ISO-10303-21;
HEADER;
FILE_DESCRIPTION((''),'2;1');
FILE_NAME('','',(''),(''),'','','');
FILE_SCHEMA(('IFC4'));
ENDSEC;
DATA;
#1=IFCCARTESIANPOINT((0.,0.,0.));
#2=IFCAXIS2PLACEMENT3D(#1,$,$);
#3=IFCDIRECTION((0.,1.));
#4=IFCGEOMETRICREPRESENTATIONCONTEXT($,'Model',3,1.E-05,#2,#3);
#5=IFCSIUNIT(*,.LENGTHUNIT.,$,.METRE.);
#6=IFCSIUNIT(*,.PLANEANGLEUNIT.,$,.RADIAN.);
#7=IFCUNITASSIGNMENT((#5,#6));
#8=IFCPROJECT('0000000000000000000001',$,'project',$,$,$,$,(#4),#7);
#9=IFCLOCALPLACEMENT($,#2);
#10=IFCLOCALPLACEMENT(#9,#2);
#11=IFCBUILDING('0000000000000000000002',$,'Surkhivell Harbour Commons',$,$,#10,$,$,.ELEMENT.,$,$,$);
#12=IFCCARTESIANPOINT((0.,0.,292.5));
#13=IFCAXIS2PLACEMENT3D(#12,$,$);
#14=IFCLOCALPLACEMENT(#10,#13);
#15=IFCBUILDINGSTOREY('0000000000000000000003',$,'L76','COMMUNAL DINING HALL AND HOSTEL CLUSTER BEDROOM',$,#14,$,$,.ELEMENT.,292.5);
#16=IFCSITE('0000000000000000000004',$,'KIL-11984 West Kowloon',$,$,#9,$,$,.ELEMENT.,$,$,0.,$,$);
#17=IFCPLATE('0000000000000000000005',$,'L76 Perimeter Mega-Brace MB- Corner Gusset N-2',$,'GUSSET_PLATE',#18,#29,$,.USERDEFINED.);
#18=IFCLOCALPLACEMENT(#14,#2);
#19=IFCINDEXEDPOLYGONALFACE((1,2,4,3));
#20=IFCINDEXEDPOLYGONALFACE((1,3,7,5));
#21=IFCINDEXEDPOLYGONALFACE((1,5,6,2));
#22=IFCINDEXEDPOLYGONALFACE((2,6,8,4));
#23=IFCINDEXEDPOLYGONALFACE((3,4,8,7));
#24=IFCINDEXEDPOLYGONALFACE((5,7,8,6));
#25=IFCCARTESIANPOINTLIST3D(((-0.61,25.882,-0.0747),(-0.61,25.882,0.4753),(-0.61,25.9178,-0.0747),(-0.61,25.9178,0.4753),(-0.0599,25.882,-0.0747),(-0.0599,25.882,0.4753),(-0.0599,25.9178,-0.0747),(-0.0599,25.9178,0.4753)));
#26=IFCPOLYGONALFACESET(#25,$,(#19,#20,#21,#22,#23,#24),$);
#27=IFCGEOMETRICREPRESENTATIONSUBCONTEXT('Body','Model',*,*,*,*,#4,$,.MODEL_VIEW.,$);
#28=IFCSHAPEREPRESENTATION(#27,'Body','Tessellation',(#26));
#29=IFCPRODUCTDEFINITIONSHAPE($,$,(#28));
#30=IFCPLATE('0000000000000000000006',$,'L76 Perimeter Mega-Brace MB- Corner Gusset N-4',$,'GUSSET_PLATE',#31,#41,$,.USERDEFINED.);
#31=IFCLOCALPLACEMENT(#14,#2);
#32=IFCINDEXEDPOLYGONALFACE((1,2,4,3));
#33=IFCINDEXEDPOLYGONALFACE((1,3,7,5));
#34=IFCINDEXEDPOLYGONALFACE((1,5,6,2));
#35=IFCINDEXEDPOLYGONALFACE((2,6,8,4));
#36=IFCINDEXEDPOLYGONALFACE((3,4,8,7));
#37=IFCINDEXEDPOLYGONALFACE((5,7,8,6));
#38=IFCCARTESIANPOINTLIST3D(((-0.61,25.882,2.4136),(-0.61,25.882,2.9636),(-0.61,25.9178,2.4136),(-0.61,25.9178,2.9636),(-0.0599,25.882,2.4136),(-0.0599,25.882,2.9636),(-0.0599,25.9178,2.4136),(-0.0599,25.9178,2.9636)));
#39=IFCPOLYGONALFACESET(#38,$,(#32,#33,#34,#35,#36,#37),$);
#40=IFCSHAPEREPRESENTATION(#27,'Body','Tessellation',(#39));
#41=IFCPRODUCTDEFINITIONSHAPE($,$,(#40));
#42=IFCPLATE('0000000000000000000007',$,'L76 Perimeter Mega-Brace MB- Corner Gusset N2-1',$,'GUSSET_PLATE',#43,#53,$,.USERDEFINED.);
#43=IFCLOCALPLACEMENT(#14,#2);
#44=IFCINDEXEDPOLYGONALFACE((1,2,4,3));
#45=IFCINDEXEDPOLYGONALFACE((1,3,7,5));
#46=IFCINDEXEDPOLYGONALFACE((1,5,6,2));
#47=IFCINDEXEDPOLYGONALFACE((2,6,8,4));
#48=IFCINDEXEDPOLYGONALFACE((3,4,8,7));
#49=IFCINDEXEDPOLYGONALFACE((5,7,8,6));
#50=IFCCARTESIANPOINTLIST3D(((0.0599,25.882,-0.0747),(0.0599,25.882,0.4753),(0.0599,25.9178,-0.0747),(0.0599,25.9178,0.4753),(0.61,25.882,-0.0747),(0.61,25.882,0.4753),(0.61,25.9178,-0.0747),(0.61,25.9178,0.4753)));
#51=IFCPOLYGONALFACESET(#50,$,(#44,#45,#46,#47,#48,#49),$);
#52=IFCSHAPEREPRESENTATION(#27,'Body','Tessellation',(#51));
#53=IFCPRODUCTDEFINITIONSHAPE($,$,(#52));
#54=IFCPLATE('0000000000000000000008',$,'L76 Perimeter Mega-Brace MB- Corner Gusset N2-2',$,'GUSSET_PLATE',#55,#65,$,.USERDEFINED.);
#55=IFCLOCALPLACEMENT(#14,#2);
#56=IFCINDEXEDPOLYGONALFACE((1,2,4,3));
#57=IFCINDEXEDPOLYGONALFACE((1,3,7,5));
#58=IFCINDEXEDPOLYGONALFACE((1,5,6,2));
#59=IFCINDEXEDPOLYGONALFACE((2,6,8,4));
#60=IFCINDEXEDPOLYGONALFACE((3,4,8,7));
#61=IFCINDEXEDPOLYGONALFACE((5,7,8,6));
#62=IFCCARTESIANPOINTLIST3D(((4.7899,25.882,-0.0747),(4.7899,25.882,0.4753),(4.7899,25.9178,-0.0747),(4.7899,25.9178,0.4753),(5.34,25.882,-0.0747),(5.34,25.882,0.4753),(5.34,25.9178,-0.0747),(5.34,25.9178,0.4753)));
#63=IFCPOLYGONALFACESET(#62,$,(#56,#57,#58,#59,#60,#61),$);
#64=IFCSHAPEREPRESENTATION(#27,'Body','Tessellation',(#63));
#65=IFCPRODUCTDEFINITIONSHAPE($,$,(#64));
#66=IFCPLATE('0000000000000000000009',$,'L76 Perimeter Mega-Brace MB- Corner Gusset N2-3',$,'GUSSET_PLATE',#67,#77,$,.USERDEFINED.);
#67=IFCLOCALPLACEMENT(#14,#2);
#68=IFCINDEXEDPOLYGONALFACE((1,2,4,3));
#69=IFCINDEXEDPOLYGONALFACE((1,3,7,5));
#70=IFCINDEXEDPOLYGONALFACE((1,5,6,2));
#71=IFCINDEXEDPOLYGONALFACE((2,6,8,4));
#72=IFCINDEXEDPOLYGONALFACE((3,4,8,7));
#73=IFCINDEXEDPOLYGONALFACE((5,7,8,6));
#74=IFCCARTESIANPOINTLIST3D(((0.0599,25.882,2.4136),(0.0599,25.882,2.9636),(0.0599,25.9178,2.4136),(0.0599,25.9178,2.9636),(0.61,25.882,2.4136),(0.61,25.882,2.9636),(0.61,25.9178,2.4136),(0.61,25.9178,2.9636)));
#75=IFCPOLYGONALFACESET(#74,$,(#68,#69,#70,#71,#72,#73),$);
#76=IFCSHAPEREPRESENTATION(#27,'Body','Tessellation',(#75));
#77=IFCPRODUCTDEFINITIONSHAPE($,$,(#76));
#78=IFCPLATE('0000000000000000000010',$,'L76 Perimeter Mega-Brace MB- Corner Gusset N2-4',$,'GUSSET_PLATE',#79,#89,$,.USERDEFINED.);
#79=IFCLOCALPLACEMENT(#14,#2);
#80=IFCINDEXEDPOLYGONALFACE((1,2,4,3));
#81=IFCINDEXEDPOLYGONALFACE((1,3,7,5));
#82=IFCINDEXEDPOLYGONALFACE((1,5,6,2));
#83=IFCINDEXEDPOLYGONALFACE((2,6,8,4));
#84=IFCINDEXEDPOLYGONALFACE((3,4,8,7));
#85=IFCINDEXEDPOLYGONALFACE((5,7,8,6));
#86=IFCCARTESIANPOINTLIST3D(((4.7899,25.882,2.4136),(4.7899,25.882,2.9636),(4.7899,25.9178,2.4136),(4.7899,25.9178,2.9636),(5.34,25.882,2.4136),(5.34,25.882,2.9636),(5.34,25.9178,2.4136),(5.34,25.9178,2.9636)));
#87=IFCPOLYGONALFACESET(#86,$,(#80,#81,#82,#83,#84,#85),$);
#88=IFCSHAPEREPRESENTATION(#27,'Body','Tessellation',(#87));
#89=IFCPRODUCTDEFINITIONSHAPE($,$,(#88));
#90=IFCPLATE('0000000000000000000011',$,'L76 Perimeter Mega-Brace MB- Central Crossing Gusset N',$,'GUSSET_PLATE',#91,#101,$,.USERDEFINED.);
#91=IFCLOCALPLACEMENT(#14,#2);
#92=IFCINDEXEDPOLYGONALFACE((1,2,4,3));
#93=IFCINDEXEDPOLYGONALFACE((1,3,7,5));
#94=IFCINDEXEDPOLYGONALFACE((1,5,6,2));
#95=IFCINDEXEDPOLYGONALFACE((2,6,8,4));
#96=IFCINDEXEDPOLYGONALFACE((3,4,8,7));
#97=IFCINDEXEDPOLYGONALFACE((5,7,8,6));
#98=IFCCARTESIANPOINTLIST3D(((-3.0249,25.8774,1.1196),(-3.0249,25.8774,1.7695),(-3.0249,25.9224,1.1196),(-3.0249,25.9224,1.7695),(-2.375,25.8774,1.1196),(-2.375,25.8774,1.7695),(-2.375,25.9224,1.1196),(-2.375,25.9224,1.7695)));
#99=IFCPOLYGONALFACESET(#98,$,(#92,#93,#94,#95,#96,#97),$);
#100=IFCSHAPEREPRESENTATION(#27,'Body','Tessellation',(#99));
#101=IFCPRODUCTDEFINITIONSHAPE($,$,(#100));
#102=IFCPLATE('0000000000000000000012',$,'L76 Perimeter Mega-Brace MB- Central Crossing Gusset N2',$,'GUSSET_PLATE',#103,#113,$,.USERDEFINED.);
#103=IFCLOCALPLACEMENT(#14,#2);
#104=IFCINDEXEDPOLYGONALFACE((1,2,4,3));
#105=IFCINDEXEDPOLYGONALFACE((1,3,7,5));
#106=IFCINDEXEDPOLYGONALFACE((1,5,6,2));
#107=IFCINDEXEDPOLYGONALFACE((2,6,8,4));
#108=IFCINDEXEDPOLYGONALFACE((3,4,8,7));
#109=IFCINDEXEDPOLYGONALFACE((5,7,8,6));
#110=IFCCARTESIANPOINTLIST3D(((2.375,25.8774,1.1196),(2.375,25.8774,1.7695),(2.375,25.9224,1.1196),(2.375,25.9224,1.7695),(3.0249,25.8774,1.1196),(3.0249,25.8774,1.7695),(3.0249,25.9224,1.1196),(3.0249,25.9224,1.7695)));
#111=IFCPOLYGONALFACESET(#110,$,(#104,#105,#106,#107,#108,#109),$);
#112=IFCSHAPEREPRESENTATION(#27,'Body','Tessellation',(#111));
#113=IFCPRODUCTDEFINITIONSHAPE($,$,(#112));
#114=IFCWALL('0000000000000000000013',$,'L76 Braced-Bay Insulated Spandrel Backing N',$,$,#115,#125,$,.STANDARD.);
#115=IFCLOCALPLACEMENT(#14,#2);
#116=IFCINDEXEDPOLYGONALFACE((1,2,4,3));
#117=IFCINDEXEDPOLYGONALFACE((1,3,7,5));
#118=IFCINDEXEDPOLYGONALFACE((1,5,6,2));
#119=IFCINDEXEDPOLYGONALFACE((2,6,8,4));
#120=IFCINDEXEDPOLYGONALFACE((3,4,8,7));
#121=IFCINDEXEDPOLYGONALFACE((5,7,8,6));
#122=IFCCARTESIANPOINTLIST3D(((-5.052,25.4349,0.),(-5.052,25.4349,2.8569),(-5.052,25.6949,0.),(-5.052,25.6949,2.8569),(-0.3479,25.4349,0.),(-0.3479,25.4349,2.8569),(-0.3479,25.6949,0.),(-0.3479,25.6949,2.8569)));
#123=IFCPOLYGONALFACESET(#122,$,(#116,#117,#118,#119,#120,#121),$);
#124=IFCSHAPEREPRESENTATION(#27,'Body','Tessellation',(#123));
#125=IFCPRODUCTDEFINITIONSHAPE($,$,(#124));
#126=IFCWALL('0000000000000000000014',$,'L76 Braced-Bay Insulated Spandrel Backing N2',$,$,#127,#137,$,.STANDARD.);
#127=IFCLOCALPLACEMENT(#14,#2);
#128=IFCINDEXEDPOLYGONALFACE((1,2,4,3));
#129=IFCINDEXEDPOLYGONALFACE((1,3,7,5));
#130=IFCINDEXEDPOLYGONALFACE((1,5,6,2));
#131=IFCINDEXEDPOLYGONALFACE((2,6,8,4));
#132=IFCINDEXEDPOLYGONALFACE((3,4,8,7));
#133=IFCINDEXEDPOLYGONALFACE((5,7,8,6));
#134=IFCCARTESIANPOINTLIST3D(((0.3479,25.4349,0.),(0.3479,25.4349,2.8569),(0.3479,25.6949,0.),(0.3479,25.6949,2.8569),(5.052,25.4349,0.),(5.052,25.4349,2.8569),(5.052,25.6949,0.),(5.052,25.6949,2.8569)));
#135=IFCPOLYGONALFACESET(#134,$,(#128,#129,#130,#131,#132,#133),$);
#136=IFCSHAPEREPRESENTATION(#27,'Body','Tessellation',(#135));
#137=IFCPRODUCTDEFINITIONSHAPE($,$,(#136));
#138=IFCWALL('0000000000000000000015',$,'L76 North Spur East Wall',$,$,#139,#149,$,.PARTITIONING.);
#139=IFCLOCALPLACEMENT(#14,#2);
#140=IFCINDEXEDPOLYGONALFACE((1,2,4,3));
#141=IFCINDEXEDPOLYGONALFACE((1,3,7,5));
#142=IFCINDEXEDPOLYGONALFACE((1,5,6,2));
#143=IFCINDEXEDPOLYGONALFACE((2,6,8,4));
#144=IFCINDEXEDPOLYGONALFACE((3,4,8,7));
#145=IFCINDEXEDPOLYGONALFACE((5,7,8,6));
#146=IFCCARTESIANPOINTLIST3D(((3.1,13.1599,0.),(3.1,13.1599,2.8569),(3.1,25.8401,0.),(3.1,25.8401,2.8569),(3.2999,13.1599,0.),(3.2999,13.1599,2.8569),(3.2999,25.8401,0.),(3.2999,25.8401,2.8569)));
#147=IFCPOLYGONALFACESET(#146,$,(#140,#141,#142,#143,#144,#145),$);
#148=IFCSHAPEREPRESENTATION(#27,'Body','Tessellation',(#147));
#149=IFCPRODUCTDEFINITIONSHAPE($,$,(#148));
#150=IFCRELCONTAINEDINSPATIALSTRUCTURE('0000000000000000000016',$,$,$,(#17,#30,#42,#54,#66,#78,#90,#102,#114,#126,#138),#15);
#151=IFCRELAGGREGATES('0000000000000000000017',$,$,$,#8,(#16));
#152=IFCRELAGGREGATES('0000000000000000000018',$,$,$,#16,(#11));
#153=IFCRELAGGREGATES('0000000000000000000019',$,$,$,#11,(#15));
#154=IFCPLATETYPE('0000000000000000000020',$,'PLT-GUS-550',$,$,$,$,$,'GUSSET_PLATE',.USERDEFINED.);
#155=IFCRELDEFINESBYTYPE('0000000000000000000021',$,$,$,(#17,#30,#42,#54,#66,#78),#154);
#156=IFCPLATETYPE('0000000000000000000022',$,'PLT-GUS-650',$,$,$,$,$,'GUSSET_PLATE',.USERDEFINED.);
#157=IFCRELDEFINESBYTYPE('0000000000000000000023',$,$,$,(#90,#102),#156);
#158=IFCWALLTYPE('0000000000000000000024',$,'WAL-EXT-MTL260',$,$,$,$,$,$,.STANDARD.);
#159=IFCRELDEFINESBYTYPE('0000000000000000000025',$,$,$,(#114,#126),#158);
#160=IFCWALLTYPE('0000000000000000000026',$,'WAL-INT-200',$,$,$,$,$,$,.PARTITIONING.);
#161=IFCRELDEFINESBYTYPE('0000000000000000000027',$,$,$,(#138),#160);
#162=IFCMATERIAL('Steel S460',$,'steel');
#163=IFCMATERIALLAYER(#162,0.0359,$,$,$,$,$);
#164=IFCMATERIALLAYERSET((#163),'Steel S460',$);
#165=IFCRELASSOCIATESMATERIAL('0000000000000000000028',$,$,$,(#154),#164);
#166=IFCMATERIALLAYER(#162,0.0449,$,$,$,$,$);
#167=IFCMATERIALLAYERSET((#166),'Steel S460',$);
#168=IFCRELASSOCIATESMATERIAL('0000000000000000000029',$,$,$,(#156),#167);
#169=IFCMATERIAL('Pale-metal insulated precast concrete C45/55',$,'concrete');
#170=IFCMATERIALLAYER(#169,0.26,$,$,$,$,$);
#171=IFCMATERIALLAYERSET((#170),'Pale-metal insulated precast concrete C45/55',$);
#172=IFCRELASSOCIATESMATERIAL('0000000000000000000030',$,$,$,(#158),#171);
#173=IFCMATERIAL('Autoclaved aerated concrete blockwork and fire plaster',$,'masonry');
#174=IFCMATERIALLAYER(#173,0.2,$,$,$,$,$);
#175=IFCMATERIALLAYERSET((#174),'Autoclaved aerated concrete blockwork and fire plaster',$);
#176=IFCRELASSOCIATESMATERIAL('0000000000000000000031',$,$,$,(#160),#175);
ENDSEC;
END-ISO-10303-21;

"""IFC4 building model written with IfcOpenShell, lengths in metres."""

from ifc_helpers import new_model, si_unit, direction, frame, frame_2d, origin, origin_2d, place, context, subcontext, project, spatial, rectangle, extrude, material, layer, layer_set, type_object, element, save


model = new_model("IFC4")

# Units and contexts
model_context = context("Model", 3, precision=1e-05, world=origin(), true_north=direction((0.0, 1.0)))
body_context = subcontext(model_context, "Body", "Model", "MODEL_VIEW")
ifc_project = project(units=[si_unit("LENGTHUNIT", "METRE"), si_unit("PLANEANGLEUNIT", "RADIAN")], contexts=[model_context])

# Site, building, storey
site_placement = place(None, origin())
site = spatial("IfcSite", under=ifc_project, at=site_placement, Name="KIL-11984 West Kowloon", CompositionType="ELEMENT", RefElevation=0.0)
building_placement = place(site_placement, origin())
building = spatial("IfcBuilding", under=site, at=building_placement, Name="Surkhivell Harbour Commons", CompositionType="ELEMENT")
storey_placement = place(building_placement, frame((0.0, 0.0, 292.5)))
storey = spatial("IfcBuildingStorey", under=building, at=storey_placement, Name="L76", Description="COMMUNAL DINING HALL AND HOSTEL CLUSTER BEDROOM", CompositionType="ELEMENT", Elevation=292.5)

# Shared definitions
ifc_material_1 = material(Name="Steel S460", Category="steel")

# Plates
ifc_layer_1 = layer(ifc_material_1, 0.0359)
ifc_layer_set_1 = layer_set([ifc_layer_1], Name="Steel S460")
plate_type_1 = type_object("IfcPlateType", Name="PLT-GUS-550", ElementType="GUSSET_PLATE", PredefinedType="USERDEFINED", material=ifc_layer_set_1)
for number, where, z_axis, x_axis, name in (
    (1, (-0.335, 25.8999, -0.0747), (0.0, 0.0, 1.0), (1.0, 0.0, 0.0), "L76 Perimeter Mega-Brace MB- Corner Gusset N-2"),
    (2, (-0.335, 25.8999, 2.4136), (0.0, 0.0, 1.0), (1.0, 0.0, 0.0), "L76 Perimeter Mega-Brace MB- Corner Gusset N-4"),
    (3, (0.335, 25.8999, -0.0747), (0.0, 0.0, 1.0), (1.0, 0.0, 0.0), "L76 Perimeter Mega-Brace MB- Corner Gusset N2-1"),
    (4, (5.0649, 25.8999, -0.0747), (0.0, 0.0, 1.0), (1.0, 0.0, 0.0), "L76 Perimeter Mega-Brace MB- Corner Gusset N2-2"),
    (5, (0.335, 25.8999, 2.4136), (0.0, 0.0, 1.0), (1.0, 0.0, 0.0), "L76 Perimeter Mega-Brace MB- Corner Gusset N2-3"),
    (6, (5.0649, 25.8999, 2.4136), (0.0, 0.0, 1.0), (1.0, 0.0, 0.0), "L76 Perimeter Mega-Brace MB- Corner Gusset N2-4"),
):
    element("IfcPlate", number, at=place(storey_placement, frame(where, z_axis=z_axis, x_axis=x_axis)), inside=storey, type_object=plate_type_1, Name=name, ObjectType="GUSSET_PLATE", PredefinedType="USERDEFINED", context=body_context, shape_type="SweptSolid", body=[
        extrude(rectangle(XDim=0.55, YDim=0.0359, at=origin_2d()), origin(), (0.0, 0.0, 1.0), 0.55),
    ])
ifc_layer_2 = layer(ifc_material_1, 0.0449)
ifc_layer_set_2 = layer_set([ifc_layer_2], Name="Steel S460")
plate_type_2 = type_object("IfcPlateType", Name="PLT-GUS-650", ElementType="GUSSET_PLATE", PredefinedType="USERDEFINED", material=ifc_layer_set_2)
for number, where, z_axis, x_axis, name in (
    (7, (-2.7, 25.8999, 1.1196), (0.0, 0.0, 1.0), (1.0, 0.0, 0.0), "L76 Perimeter Mega-Brace MB- Central Crossing Gusset N"),
    (8, (2.7, 25.8999, 1.1196), (0.0, 0.0, 1.0), (1.0, 0.0, 0.0), "L76 Perimeter Mega-Brace MB- Central Crossing Gusset N2"),
):
    element("IfcPlate", number, at=place(storey_placement, frame(where, z_axis=z_axis, x_axis=x_axis)), inside=storey, type_object=plate_type_2, Name=name, ObjectType="GUSSET_PLATE", PredefinedType="USERDEFINED", context=body_context, shape_type="SweptSolid", body=[
        extrude(rectangle(XDim=0.6499, YDim=0.0449, at=origin_2d()), origin(), (0.0, 0.0, 1.0), 0.6499),
    ])

# Walls
ifc_material_2 = material(Name="Pale-metal insulated precast concrete C45/55", Category="concrete")
ifc_layer_3 = layer(ifc_material_2, 0.26)
ifc_layer_set_3 = layer_set([ifc_layer_3], Name="Pale-metal insulated precast concrete C45/55")
wall_type_1 = type_object("IfcWallType", Name="WAL-EXT-MTL260", PredefinedType="STANDARD", material=ifc_layer_set_3)
for number, where, z_axis, x_axis, name in (
    (9, (-0.3479, 25.5649, 0.0), (0.0, 0.0, 1.0), (-1.0, 0.0, 0.0), "L76 Braced-Bay Insulated Spandrel Backing N"),
    (10, (5.052, 25.5649, 0.0), (0.0, 0.0, 1.0), (-1.0, 0.0, 0.0), "L76 Braced-Bay Insulated Spandrel Backing N2"),
):
    element("IfcWall", number, at=place(storey_placement, frame(where, z_axis=z_axis, x_axis=x_axis)), inside=storey, type_object=wall_type_1, Name=name, PredefinedType="STANDARD", context=body_context, shape_type="SweptSolid", body=[
        extrude(rectangle(XDim=4.7041, YDim=0.26, at=frame_2d((2.3521, 0.0))), origin(), (0.0, 0.0, 1.0), 2.8569),
    ])
ifc_material_3 = material(Name="Autoclaved aerated concrete blockwork and fire plaster", Category="masonry")
ifc_layer_4 = layer(ifc_material_3, 0.2)
ifc_layer_set_4 = layer_set([ifc_layer_4], Name="Autoclaved aerated concrete blockwork and fire plaster")
wall_type_2 = type_object("IfcWallType", Name="WAL-INT-200", PredefinedType="PARTITIONING", material=ifc_layer_set_4)
wall_placement = place(storey_placement, frame((3.2, 13.1599, 0.0), z_axis=(0.0, 0.0, 1.0), x_axis=(0.0, 1.0, 0.0)))
element("IfcWall", 11, at=wall_placement, inside=storey, type_object=wall_type_2, Name="L76 North Spur East Wall", PredefinedType="PARTITIONING", context=body_context, shape_type="SweptSolid", body=[
    extrude(rectangle(XDim=12.6802, YDim=0.2, at=frame_2d((6.3401, 0.0))), origin(), (0.0, 0.0, 1.0), 2.8569),
])

save(model, "model.ifc")
